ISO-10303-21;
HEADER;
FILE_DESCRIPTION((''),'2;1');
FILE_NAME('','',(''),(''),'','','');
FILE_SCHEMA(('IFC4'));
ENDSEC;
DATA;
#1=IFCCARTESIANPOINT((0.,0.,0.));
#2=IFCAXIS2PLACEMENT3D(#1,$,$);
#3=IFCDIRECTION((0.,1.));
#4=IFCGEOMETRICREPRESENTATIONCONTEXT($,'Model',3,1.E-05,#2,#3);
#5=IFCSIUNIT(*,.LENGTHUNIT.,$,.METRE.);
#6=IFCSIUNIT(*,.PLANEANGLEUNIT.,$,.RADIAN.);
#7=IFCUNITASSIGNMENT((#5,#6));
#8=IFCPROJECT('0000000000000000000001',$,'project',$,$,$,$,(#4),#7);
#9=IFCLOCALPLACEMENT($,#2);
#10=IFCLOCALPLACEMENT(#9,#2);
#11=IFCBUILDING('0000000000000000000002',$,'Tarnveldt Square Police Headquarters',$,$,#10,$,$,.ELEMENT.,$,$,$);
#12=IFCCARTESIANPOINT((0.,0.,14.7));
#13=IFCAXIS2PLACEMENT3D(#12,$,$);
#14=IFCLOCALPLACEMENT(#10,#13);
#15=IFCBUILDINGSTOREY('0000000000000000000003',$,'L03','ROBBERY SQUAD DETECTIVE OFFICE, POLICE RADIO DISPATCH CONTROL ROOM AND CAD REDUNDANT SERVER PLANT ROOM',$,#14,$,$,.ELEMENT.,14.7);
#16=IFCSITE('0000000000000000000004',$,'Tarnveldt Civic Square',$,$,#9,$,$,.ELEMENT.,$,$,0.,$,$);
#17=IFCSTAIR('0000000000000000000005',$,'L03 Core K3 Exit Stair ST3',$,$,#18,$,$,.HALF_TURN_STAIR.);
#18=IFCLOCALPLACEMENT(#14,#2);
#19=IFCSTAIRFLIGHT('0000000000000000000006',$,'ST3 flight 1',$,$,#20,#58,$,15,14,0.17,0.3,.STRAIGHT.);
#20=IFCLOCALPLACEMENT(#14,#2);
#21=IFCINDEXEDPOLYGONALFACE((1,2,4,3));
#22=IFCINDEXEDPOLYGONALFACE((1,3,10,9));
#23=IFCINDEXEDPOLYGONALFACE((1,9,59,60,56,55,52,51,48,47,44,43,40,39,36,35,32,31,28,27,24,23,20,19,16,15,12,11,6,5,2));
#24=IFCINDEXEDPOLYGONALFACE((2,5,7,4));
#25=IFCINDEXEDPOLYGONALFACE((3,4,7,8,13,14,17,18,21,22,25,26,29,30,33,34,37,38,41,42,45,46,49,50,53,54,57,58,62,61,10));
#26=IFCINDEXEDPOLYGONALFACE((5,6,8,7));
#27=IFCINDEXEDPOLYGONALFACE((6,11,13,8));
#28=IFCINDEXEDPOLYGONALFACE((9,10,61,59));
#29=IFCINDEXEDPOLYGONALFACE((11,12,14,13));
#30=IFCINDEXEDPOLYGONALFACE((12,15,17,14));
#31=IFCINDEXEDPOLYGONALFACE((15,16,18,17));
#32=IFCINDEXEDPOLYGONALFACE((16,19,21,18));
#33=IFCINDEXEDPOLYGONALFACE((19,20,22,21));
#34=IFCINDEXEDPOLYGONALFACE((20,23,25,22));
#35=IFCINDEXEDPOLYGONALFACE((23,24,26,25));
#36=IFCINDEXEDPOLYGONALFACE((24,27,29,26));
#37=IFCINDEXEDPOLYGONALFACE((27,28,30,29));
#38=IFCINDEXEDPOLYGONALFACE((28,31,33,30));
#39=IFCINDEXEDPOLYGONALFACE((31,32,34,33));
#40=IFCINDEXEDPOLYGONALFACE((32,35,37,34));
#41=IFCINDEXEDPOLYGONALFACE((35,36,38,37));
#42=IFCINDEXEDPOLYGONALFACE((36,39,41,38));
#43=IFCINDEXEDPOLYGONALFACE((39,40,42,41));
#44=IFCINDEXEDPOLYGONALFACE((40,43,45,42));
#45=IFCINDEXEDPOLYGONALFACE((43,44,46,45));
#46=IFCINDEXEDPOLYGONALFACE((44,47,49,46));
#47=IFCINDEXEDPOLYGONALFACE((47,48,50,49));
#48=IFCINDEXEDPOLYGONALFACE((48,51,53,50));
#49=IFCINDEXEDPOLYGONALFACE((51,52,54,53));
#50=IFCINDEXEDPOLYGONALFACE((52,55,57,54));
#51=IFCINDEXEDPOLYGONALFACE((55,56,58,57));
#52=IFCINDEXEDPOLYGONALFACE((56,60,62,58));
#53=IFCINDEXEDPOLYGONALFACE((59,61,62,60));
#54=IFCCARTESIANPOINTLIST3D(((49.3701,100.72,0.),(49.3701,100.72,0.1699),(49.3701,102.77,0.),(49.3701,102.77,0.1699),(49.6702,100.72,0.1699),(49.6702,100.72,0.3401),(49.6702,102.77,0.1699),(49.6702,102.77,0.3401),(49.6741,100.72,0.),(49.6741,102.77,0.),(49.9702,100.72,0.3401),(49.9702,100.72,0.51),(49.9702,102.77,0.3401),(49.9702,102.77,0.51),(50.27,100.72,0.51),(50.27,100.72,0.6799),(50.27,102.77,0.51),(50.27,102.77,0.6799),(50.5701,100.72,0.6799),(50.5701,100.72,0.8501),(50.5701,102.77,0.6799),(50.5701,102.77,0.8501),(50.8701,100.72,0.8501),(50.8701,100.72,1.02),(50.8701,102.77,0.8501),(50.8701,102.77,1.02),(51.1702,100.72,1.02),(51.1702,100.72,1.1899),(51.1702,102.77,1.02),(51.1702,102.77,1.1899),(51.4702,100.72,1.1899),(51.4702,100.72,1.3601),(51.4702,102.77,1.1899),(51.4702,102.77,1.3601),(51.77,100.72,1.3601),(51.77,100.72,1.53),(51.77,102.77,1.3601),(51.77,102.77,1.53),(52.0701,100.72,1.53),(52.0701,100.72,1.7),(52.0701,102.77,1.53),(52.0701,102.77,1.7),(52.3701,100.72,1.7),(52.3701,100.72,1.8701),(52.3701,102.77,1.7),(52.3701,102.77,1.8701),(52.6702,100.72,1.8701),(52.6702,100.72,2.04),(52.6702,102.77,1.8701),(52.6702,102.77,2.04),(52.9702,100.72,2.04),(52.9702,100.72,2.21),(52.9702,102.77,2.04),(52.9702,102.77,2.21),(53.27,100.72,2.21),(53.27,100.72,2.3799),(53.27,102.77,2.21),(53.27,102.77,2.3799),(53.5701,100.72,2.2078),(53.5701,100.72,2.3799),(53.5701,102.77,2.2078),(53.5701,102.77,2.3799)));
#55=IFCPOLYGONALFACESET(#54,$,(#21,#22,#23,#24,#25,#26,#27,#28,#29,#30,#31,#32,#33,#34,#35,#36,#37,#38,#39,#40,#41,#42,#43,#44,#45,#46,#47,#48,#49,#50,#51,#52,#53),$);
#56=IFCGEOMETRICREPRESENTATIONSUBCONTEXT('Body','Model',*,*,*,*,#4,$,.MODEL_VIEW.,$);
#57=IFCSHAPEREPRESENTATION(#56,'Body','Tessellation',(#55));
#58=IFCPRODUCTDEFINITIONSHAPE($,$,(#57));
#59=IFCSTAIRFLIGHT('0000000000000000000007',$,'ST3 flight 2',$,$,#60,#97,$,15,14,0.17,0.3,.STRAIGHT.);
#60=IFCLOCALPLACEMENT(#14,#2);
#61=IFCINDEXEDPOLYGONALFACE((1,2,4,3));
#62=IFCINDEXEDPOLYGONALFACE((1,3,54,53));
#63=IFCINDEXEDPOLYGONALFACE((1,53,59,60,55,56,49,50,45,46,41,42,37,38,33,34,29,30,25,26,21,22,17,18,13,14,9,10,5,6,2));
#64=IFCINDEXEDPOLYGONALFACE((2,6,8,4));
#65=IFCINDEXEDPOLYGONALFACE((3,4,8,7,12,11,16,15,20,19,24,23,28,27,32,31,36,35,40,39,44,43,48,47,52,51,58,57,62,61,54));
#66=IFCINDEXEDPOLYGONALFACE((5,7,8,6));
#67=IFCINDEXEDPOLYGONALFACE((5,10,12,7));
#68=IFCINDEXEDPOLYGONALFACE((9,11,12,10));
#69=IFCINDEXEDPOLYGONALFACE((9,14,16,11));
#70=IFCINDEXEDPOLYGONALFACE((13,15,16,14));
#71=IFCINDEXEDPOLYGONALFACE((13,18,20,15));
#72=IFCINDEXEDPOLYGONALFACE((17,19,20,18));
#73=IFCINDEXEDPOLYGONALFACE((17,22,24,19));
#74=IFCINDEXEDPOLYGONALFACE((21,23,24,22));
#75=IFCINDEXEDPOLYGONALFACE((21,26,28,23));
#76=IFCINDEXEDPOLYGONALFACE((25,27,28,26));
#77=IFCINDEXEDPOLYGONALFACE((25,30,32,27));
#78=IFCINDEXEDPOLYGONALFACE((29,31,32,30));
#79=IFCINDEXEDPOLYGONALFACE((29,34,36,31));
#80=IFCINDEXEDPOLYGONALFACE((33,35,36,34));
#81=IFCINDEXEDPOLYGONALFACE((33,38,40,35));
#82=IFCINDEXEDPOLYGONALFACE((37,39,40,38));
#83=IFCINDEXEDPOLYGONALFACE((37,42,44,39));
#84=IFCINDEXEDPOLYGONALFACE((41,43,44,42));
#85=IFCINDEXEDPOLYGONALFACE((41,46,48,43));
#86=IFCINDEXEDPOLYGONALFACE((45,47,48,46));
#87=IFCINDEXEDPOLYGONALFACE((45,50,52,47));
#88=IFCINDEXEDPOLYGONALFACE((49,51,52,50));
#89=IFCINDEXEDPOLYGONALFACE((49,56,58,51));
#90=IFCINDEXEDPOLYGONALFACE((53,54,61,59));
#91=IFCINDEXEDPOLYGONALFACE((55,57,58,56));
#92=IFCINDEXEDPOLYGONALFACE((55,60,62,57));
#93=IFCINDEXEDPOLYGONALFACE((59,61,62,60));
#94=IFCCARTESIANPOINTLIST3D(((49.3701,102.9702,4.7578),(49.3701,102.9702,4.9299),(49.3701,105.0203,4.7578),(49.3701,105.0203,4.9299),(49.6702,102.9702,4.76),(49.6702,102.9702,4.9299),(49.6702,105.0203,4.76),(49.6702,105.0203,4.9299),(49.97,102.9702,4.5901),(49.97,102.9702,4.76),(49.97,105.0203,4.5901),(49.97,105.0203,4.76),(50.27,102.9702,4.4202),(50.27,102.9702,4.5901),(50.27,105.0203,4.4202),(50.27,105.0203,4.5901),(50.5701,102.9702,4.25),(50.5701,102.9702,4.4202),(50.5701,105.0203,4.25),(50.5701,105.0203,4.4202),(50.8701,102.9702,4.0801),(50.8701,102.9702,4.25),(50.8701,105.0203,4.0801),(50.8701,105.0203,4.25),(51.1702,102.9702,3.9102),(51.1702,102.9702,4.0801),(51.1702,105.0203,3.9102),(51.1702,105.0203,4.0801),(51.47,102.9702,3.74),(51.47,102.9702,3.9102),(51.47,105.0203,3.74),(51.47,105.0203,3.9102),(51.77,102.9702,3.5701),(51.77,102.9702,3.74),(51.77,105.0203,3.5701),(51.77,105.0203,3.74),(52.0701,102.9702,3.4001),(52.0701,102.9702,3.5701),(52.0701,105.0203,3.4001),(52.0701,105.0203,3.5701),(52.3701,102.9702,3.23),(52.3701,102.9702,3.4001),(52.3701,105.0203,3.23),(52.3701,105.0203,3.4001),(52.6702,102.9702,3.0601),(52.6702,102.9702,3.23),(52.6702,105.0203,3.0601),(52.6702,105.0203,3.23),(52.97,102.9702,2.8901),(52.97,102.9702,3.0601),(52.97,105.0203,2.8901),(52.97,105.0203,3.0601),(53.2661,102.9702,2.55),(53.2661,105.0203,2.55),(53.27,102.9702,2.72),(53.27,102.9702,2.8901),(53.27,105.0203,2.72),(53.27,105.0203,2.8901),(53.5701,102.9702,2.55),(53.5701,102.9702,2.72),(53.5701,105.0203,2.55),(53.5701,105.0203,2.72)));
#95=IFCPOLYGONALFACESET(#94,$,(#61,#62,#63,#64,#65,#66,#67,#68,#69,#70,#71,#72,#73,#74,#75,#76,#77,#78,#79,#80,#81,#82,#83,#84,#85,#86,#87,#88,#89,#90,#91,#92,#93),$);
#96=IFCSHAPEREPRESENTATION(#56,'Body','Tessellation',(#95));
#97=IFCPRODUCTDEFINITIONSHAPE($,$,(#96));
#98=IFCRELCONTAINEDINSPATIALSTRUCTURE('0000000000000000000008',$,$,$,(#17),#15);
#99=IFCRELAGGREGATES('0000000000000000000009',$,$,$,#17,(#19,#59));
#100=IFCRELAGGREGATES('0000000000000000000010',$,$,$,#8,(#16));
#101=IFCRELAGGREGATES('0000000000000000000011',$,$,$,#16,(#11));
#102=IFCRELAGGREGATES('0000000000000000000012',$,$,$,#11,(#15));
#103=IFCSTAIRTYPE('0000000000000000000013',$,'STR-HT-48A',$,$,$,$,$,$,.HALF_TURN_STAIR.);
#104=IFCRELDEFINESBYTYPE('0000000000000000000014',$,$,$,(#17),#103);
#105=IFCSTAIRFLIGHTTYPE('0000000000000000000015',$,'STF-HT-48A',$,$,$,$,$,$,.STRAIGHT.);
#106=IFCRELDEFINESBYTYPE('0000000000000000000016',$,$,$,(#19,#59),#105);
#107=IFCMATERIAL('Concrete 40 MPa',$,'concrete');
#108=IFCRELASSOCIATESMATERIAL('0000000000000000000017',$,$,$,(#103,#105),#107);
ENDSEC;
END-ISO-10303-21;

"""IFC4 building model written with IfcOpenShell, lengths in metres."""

from ifc_helpers import new_model, si_unit, direction, frame, origin, place, context, subcontext, project, spatial, polyline, outline, extrude, material, type_object, element, aggregate, save


model = new_model("IFC4")

# Units and contexts
model_context = context("Model", 3, precision=1e-05, world=origin(), true_north=direction((0.0, 1.0)))
body_context = subcontext(model_context, "Body", "Model", "MODEL_VIEW")
ifc_project = project(units=[si_unit("LENGTHUNIT", "METRE"), si_unit("PLANEANGLEUNIT", "RADIAN")], contexts=[model_context])

# Site, building, storey
site_placement = place(None, origin())
site = spatial("IfcSite", under=ifc_project, at=site_placement, Name="Tarnveldt Civic Square", CompositionType="ELEMENT", RefElevation=0.0)
building_placement = place(site_placement, origin())
building = spatial("IfcBuilding", under=site, at=building_placement, Name="Tarnveldt Square Police Headquarters", CompositionType="ELEMENT")
storey_placement = place(building_placement, frame((0.0, 0.0, 14.7)))
storey = spatial("IfcBuildingStorey", under=building, at=storey_placement, Name="L03", Description="ROBBERY SQUAD DETECTIVE OFFICE, POLICE RADIO DISPATCH CONTROL ROOM AND CAD REDUNDANT SERVER PLANT ROOM", CompositionType="ELEMENT", Elevation=14.7)

# Shared definitions
ifc_material_1 = material(Name="Concrete 40 MPa", Category="concrete")

# Stair, stair flights
stair_type = type_object("IfcStairType", Name="STR-HT-48A", PredefinedType="HALF_TURN_STAIR", material=ifc_material_1)
stair_placement = place(storey_placement, origin())
stair = element("IfcStair", 1, at=stair_placement, inside=storey, type_object=stair_type, Name="L03 Core K3 Exit Stair ST3", PredefinedType="HALF_TURN_STAIR")
stair_flight_type = type_object("IfcStairFlightType", Name="STF-HT-48A", PredefinedType="STRAIGHT", material=ifc_material_1)
stair_flight_1_placement = place(storey_placement, frame((49.3701, 101.7451, 0.0), z_axis=(0.0, 0.0, 1.0), x_axis=(1.0, 0.0, 0.0)))
stair_flight_1 = element("IfcStairFlight", 2, at=stair_flight_1_placement, type_object=stair_flight_type, Name="ST3 flight 1", NumberOfRisers=15, NumberOfTreads=14, PredefinedType="STRAIGHT", RiserHeight=0.17, TreadLength=0.3, context=body_context, shape_type="SweptSolid", body=[
    extrude(outline(polyline([(0.0, 0.0), (0.0, 0.1699), (0.3, 0.1699), (0.3, 0.3401), (0.6001, 0.3401), (0.6001, 0.51), (0.8999, 0.51), (0.8999, 0.6799), (1.2, 0.6799), (1.2, 0.8501), (1.5, 0.8501), (1.5, 1.02), (1.8, 1.02), (1.8, 1.1899), (2.1001, 1.1899), (2.1001, 1.3601), (2.3999, 1.3601), (2.3999, 1.53), (2.7, 1.53), (2.7, 1.7), (3.0, 1.7), (3.0, 1.8701), (3.3, 1.8701), (3.3, 2.04), (3.6001, 2.04), (3.6001, 2.21), (3.8999, 2.21), (3.8999, 2.3799), (4.2, 2.3799), (4.2, 2.55), (4.2, 2.2078), (0.304, 0.0), (0.0, 0.0)])), frame((0.0, 1.0249, 0.0), z_axis=(0.0, -1.0, 0.0), x_axis=(1.0, 0.0, 0.0)), (0.0, 0.0, 1.0), 2.05),
])
stair_flight_2_placement = place(storey_placement, frame((53.5701, 103.9951, 2.55), z_axis=(0.0, 0.0, 1.0), x_axis=(-1.0, 0.0, 0.0)))
stair_flight_2 = element("IfcStairFlight", 3, at=stair_flight_2_placement, type_object=stair_flight_type, Name="ST3 flight 2", NumberOfRisers=15, NumberOfTreads=14, PredefinedType="STRAIGHT", RiserHeight=0.17, TreadLength=0.3, context=body_context, shape_type="SweptSolid", body=[
    extrude(outline(polyline([(0.0, 0.0), (0.0, 0.1699), (0.3, 0.1699), (0.3, 0.3401), (0.6001, 0.3401), (0.6001, 0.51), (0.8999, 0.51), (0.8999, 0.6799), (1.2, 0.6799), (1.2, 0.8501), (1.5, 0.8501), (1.5, 1.02), (1.8, 1.02), (1.8, 1.1899), (2.1001, 1.1899), (2.1001, 1.3601), (2.3999, 1.3601), (2.3999, 1.53), (2.7, 1.53), (2.7, 1.7), (3.0, 1.7), (3.0, 1.8701), (3.3, 1.8701), (3.3, 2.04), (3.6001, 2.04), (3.6001, 2.21), (3.8999, 2.21), (3.8999, 2.3799), (4.2, 2.3799), (4.2, 2.55), (4.2, 2.2078), (0.304, 0.0), (0.0, 0.0)])), frame((0.0, 1.0249, 0.0), z_axis=(0.0, -1.0, 0.0), x_axis=(1.0, 0.0, 0.0)), (0.0, 0.0, 1.0), 2.05),
])
aggregate(stair, [stair_flight_1, stair_flight_2])

save(model, "model.ifc")
